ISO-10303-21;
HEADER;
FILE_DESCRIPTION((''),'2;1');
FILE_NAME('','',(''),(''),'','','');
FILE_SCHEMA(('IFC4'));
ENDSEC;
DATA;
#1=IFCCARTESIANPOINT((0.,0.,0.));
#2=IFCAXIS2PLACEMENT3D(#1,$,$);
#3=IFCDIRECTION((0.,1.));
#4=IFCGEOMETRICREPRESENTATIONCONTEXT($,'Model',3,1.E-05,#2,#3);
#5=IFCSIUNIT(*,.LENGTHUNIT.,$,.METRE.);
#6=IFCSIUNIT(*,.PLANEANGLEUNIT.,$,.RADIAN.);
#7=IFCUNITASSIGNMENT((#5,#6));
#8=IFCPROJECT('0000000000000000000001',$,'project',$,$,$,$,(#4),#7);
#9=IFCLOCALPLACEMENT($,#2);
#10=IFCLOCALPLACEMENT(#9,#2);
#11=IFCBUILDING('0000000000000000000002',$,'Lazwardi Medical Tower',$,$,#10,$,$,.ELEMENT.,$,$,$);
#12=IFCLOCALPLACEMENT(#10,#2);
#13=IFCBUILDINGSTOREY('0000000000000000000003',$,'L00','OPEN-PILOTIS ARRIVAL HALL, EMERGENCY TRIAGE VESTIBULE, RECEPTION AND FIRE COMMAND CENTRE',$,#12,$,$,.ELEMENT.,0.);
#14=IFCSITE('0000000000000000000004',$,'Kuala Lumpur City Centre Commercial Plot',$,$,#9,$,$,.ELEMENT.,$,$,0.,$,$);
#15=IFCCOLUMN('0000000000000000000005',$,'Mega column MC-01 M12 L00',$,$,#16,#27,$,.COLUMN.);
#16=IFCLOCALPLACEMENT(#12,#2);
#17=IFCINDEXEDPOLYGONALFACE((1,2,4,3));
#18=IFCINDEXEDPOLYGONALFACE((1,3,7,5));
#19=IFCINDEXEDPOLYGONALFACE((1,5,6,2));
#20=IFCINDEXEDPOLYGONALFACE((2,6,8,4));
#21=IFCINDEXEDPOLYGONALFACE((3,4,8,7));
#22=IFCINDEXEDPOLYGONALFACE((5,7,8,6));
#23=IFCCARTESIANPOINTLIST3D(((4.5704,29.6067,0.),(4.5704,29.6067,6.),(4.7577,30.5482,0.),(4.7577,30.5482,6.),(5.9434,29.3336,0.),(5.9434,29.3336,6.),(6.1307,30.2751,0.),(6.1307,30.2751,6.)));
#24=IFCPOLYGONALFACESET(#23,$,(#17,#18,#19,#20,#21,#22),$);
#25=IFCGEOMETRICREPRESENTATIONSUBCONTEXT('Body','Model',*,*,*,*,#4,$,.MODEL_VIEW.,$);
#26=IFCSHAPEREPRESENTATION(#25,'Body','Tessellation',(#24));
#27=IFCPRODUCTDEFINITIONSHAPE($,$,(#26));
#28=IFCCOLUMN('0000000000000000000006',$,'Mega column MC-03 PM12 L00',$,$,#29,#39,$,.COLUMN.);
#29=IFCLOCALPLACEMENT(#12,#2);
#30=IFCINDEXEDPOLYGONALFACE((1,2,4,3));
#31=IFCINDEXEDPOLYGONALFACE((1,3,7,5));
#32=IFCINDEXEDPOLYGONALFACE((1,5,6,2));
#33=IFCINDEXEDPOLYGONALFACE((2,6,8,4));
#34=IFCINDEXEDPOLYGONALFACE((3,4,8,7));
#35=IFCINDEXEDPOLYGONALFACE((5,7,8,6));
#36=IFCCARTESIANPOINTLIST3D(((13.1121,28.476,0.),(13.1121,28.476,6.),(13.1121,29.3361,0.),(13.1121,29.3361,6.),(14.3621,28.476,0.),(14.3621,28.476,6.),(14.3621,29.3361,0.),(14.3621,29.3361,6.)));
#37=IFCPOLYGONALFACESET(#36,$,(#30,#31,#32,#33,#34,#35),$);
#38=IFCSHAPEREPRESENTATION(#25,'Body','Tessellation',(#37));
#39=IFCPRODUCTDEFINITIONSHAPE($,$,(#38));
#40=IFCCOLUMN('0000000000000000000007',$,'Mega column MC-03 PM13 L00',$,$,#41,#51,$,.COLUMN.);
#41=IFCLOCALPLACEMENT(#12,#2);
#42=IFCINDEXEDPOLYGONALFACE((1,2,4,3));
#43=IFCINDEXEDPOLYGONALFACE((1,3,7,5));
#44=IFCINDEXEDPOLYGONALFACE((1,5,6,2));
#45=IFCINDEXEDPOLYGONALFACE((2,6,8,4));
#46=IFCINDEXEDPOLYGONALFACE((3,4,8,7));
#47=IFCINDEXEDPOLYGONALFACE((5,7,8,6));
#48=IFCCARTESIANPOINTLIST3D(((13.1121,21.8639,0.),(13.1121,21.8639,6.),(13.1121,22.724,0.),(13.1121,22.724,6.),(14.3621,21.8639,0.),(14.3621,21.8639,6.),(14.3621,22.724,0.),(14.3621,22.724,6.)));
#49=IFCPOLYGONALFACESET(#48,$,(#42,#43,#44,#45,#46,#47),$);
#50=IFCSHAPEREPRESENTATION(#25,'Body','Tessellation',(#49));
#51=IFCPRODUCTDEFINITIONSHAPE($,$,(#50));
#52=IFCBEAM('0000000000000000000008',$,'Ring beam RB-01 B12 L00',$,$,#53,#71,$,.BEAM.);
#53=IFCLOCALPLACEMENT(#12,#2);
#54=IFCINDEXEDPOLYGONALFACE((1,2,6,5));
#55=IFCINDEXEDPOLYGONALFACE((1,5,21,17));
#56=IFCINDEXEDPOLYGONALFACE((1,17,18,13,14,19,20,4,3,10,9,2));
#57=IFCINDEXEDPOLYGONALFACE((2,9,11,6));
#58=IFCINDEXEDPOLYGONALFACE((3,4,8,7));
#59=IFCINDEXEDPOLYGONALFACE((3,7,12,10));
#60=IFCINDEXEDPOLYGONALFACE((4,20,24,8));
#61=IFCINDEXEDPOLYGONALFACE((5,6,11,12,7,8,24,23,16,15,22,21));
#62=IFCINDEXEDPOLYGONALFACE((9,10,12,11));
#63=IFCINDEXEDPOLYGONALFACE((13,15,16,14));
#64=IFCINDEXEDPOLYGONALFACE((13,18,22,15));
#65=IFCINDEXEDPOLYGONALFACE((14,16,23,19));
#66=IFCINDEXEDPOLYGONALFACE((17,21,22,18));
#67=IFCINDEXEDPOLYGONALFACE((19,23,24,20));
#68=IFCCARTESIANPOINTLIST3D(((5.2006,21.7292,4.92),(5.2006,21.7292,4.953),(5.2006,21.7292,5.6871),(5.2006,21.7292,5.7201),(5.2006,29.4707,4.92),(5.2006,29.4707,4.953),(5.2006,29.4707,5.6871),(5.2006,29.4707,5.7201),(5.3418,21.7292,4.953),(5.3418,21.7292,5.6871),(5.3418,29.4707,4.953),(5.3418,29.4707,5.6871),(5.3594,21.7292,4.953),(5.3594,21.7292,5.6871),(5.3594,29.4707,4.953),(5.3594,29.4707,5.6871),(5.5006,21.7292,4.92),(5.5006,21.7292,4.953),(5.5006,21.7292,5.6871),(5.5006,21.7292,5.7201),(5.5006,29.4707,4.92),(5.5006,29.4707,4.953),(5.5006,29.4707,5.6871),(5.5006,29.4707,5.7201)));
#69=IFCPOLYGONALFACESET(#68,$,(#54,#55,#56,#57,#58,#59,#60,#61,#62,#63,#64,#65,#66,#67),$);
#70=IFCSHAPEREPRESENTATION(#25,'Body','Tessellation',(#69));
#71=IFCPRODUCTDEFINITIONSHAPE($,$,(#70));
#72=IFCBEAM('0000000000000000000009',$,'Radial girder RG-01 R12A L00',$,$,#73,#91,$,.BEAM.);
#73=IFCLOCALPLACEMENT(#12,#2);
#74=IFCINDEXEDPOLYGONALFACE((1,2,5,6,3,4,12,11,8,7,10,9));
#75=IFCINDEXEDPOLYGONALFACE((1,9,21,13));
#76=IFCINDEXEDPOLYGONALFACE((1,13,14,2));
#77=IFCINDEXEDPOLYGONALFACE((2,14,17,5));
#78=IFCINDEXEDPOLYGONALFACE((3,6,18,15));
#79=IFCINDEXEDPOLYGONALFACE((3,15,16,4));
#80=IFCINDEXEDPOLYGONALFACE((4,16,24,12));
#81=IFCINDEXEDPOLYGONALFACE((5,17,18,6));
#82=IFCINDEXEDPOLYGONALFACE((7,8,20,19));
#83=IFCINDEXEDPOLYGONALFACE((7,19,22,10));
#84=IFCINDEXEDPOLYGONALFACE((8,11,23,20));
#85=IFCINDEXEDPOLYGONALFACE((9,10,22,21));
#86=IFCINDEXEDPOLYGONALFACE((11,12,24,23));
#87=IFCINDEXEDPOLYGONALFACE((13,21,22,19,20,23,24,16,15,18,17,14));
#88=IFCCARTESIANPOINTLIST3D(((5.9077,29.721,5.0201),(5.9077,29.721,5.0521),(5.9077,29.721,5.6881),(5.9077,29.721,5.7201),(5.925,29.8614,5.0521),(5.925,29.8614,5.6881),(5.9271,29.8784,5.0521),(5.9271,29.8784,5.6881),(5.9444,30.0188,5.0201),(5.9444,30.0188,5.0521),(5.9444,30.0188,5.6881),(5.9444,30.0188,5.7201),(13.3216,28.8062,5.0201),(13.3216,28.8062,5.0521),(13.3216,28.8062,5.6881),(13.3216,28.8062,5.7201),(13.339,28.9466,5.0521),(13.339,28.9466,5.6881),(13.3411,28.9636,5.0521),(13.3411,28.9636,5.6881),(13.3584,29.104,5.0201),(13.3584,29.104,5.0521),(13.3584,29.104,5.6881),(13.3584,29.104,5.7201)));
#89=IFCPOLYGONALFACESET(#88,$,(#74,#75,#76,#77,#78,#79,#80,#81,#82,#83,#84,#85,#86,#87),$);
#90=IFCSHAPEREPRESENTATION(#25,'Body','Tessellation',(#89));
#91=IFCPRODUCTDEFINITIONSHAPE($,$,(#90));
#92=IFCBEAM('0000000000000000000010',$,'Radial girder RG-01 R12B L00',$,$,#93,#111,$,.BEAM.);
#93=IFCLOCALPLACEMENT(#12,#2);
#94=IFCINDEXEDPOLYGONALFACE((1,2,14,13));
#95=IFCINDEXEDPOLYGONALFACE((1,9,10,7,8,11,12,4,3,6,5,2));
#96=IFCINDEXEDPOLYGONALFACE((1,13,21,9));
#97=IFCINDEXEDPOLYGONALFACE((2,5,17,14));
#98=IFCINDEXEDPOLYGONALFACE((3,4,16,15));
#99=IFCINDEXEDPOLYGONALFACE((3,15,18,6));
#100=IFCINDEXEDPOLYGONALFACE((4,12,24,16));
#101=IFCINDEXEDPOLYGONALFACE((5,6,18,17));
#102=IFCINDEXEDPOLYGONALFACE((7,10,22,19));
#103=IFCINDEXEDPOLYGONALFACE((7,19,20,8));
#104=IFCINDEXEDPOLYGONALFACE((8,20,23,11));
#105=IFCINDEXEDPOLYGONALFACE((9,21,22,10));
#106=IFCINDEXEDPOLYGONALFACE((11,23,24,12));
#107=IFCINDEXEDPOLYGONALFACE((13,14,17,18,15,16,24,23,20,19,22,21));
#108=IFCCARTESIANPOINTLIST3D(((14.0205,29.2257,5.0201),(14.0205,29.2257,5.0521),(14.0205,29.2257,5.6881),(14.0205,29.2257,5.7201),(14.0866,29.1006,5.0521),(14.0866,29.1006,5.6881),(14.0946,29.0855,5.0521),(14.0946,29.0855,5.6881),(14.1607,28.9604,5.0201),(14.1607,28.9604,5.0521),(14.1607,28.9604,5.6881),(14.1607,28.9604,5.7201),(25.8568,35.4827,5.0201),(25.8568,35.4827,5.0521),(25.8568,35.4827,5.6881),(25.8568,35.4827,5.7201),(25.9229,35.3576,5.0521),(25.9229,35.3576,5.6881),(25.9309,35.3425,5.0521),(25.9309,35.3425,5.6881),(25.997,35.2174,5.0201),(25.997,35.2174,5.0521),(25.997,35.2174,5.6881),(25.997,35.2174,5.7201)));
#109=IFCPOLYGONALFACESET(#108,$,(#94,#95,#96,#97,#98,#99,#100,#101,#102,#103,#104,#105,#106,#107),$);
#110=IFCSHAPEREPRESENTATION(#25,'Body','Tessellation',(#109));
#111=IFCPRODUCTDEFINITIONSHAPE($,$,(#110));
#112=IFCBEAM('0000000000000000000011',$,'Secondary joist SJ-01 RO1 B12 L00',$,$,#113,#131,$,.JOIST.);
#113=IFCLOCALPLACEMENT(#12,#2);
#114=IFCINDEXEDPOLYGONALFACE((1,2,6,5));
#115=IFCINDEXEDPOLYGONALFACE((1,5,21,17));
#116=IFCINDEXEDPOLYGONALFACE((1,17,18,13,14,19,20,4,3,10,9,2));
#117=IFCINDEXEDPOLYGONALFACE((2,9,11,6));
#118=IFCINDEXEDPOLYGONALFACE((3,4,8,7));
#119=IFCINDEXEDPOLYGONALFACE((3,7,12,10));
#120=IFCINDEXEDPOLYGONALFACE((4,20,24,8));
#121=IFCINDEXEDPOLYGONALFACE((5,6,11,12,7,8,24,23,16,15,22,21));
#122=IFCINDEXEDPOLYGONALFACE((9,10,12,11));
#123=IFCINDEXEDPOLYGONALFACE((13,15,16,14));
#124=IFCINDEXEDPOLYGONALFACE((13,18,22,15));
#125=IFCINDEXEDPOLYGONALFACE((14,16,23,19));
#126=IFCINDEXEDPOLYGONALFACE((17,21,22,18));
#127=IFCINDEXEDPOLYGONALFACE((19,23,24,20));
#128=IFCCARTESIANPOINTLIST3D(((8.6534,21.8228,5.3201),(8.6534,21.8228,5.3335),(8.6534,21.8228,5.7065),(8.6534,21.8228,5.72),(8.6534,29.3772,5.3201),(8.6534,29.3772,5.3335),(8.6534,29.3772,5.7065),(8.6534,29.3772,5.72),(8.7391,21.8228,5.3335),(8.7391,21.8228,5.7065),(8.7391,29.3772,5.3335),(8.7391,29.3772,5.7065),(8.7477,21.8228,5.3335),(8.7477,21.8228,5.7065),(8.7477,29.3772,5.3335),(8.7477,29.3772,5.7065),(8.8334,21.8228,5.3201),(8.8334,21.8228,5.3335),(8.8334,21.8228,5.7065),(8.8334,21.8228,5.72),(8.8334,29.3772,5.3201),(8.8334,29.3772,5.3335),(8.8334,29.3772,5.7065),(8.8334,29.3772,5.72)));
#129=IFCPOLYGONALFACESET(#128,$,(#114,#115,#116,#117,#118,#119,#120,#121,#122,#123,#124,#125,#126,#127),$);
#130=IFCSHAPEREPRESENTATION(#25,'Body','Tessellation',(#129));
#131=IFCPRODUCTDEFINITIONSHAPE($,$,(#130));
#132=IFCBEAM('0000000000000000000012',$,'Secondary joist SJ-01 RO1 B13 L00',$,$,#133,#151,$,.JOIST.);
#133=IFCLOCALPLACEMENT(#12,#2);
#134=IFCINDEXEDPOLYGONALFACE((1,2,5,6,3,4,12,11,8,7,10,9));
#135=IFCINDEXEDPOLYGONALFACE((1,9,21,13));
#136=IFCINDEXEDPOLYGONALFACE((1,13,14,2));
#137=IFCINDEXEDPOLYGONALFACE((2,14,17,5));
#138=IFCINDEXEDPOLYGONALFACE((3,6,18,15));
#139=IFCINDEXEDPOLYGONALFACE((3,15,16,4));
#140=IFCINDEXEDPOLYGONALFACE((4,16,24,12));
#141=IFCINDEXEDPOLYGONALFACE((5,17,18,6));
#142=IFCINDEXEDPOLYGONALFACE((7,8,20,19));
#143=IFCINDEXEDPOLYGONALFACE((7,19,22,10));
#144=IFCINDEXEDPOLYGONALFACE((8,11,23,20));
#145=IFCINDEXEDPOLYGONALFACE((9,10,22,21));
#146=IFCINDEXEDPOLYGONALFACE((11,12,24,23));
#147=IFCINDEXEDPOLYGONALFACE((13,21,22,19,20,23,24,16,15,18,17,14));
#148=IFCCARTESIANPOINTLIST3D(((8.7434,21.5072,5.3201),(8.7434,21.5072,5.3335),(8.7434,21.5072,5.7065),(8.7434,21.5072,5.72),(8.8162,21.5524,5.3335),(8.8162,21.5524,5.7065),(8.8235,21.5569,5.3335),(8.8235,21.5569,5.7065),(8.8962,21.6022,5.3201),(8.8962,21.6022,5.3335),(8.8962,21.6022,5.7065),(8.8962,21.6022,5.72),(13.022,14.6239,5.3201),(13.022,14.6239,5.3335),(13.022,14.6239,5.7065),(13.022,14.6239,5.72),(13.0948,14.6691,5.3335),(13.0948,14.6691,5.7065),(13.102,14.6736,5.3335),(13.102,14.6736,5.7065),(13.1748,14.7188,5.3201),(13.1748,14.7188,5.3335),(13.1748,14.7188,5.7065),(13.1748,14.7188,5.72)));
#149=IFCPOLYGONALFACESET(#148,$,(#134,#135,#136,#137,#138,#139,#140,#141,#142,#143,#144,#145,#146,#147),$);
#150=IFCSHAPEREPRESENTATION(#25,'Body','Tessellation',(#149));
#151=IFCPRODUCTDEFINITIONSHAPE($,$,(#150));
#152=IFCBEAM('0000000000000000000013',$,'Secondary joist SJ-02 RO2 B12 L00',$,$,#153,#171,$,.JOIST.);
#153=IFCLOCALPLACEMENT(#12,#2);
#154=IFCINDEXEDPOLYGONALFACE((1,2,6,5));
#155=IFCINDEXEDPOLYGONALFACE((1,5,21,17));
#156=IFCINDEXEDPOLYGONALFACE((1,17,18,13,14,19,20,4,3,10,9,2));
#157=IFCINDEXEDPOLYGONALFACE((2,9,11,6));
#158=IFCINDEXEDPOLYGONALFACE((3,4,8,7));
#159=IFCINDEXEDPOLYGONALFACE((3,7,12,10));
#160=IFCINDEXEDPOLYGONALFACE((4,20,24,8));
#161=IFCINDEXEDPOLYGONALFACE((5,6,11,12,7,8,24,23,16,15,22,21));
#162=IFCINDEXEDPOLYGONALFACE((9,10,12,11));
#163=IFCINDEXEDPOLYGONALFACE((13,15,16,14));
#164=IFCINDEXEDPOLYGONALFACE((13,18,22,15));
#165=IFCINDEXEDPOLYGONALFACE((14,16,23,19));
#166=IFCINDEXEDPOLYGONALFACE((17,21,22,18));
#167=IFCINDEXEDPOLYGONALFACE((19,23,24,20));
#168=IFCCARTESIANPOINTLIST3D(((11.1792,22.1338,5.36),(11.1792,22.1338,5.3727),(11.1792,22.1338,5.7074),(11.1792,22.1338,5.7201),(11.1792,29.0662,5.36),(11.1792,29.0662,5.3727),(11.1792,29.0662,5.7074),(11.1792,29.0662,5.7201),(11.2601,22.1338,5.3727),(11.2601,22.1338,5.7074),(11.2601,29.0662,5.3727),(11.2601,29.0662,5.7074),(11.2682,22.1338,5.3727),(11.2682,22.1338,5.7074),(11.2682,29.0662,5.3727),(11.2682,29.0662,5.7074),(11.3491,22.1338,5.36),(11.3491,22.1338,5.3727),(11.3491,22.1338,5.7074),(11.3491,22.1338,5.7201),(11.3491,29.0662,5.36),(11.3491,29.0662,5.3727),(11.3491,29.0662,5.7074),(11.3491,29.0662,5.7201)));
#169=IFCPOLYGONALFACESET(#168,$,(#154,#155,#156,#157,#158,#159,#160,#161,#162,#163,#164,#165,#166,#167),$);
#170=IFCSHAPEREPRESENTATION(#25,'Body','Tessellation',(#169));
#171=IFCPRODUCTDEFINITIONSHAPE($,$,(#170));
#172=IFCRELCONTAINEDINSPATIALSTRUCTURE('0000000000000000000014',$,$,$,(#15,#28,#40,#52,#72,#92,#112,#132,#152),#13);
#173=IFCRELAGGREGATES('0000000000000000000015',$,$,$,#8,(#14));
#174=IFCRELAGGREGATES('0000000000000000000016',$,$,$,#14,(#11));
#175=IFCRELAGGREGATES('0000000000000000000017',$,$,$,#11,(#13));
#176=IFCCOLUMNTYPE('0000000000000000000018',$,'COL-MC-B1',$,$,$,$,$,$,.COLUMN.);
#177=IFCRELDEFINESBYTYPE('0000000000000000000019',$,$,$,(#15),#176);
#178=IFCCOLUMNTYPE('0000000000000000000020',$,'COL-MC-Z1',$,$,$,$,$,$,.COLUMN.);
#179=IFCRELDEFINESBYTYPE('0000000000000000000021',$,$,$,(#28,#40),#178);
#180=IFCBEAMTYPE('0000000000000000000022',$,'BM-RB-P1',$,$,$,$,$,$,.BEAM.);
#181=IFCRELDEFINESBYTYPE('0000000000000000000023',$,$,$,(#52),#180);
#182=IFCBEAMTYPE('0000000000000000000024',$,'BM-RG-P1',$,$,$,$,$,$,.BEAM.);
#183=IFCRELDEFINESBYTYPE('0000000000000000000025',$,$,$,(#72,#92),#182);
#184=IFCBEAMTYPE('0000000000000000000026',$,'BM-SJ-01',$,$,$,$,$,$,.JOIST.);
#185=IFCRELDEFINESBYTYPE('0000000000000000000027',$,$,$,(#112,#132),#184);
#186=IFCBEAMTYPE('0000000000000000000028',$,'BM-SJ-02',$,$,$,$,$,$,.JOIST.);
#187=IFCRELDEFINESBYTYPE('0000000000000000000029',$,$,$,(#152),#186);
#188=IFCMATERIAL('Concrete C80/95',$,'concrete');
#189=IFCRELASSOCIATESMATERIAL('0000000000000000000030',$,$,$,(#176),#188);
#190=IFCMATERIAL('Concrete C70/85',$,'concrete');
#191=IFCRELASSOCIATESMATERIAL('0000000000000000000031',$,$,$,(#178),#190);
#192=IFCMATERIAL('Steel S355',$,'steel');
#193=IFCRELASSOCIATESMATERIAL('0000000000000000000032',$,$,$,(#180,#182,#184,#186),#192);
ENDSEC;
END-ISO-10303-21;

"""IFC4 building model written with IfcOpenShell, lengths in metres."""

from ifc_helpers import new_model, si_unit, direction, frame, origin, origin_2d, place, context, subcontext, project, spatial, rectangle, i_section, extrude, material, material_profile, profile_set, type_object, element, save


model = new_model("IFC4")

# Units and contexts
model_context = context("Model", 3, precision=1e-05, world=origin(), true_north=direction((0.0, 1.0)))
body_context = subcontext(model_context, "Body", "Model", "MODEL_VIEW")
ifc_project = project(units=[si_unit("LENGTHUNIT", "METRE"), si_unit("PLANEANGLEUNIT", "RADIAN")], contexts=[model_context])

# Site, building, storey
site_placement = place(None, origin())
site = spatial("IfcSite", under=ifc_project, at=site_placement, Name="Kuala Lumpur City Centre Commercial Plot", CompositionType="ELEMENT", RefElevation=0.0)
building_placement = place(site_placement, origin())
building = spatial("IfcBuilding", under=site, at=building_placement, Name="Lazwardi Medical Tower", CompositionType="ELEMENT")
storey_placement = place(building_placement, origin())
storey = spatial("IfcBuildingStorey", under=building, at=storey_placement, Name="L00", Description="OPEN-PILOTIS ARRIVAL HALL, EMERGENCY TRIAGE VESTIBULE, RECEPTION AND FIRE COMMAND CENTRE", CompositionType="ELEMENT", Elevation=0.0)

# Columns
ifc_material_1 = material(Name="Concrete C80/95", Category="concrete")
ifc_material_profile_1 = material_profile(ifc_material_1, rectangle(XDim=1.3999, YDim=0.96, at=origin_2d()), Name="CFT-RECT 1400x960")
ifc_profile_set_1 = profile_set([ifc_material_profile_1], Name="Concrete C80/95")
column_type_1 = type_object("IfcColumnType", Name="COL-MC-B1", PredefinedType="COLUMN", material=ifc_profile_set_1)
column_placement = place(storey_placement, frame((5.3506, 29.9409, 0.0), z_axis=(0.0, 0.0, 1.0), x_axis=(-0.980785, 0.19509, 0.0)))
element("IfcColumn", 1, at=column_placement, inside=storey, type_object=column_type_1, Name="Mega column MC-01 M12 L00", PredefinedType="COLUMN", context=body_context, shape_type="SweptSolid", body=[
    extrude(rectangle(XDim=1.3999, YDim=0.96, at=origin_2d()), origin(), (0.0, 0.0, 1.0), 6.0),
])
ifc_material_2 = material(Name="Concrete C70/85", Category="concrete")
ifc_material_profile_2 = material_profile(ifc_material_2, rectangle(XDim=1.25, YDim=0.8601, at=origin_2d()), Name="CFT-RECT 1250x860")
ifc_profile_set_2 = profile_set([ifc_material_profile_2], Name="Concrete C70/85")
column_type_2 = type_object("IfcColumnType", Name="COL-MC-Z1", PredefinedType="COLUMN", material=ifc_profile_set_2)
for number, where, z_axis, x_axis, name in (
    (2, (13.7371, 28.906, 0.0), (0.0, 0.0, 1.0), (1.0, 0.0, 0.0), "Mega column MC-03 PM12 L00"),
    (3, (13.7371, 22.2939, 0.0), (0.0, 0.0, 1.0), (1.0, 0.0, 0.0), "Mega column MC-03 PM13 L00"),
):
    element("IfcColumn", number, at=place(storey_placement, frame(where, z_axis=z_axis, x_axis=x_axis)), inside=storey, type_object=column_type_2, Name=name, PredefinedType="COLUMN", context=body_context, shape_type="SweptSolid", body=[
        extrude(rectangle(XDim=1.25, YDim=0.8601, at=origin_2d()), origin(), (0.0, 0.0, 1.0), 6.0),
    ])

# Beams
ifc_material_3 = material(Name="Steel S355", Category="steel")
ifc_material_profile_3 = material_profile(ifc_material_3, i_section(OverallWidth=0.3, OverallDepth=0.8, WebThickness=0.0176, FlangeThickness=0.033, at=origin_2d()), Name="HEB 800")
ifc_profile_set_3 = profile_set([ifc_material_profile_3], Name="Steel S355")
beam_type_1 = type_object("IfcBeamType", Name="BM-RB-P1", PredefinedType="BEAM", material=ifc_profile_set_3)
beam_1_placement = place(storey_placement, frame((5.3506, 29.4707, 5.3201), z_axis=(0.0, -1.0, 0.0), x_axis=(1.0, 0.0, 0.0)))
element("IfcBeam", 4, at=beam_1_placement, inside=storey, type_object=beam_type_1, Name="Ring beam RB-01 B12 L00", PredefinedType="BEAM", context=body_context, shape_type="SweptSolid", body=[
    extrude(i_section(OverallWidth=0.3, OverallDepth=0.8, WebThickness=0.0176, FlangeThickness=0.033, at=origin_2d()), origin(), (0.0, 0.0, 1.0), 7.7415),
])
ifc_material_profile_4 = material_profile(ifc_material_3, i_section(OverallWidth=0.3, OverallDepth=0.7, WebThickness=0.0171, FlangeThickness=0.032, at=origin_2d()), Name="HEB 700")
ifc_profile_set_4 = profile_set([ifc_material_profile_4], Name="Steel S355")
beam_type_2 = type_object("IfcBeamType", Name="BM-RG-P1", PredefinedType="BEAM", material=ifc_profile_set_4)
beam_2_placement = place(storey_placement, frame((5.926, 29.8699, 5.3701), z_axis=(0.992474, -0.122458, 0.0), x_axis=(0.122458, 0.992474, 0.0)))
element("IfcBeam", 5, at=beam_2_placement, inside=storey, type_object=beam_type_2, Name="Radial girder RG-01 R12A L00", PredefinedType="BEAM", context=body_context, shape_type="SweptSolid", body=[
    extrude(i_section(OverallWidth=0.3, OverallDepth=0.7, WebThickness=0.0171, FlangeThickness=0.032, at=origin_2d()), origin(), (0.0, 0.0, 1.0), 7.4702),
])
beam_3_placement = place(storey_placement, frame((14.0906, 29.093, 5.3701), z_axis=(0.884074, 0.467347, 0.0), x_axis=(-0.467347, 0.884074, 0.0)))
element("IfcBeam", 6, at=beam_3_placement, inside=storey, type_object=beam_type_2, Name="Radial girder RG-01 R12B L00", PredefinedType="BEAM", context=body_context, shape_type="SweptSolid", body=[
    extrude(i_section(OverallWidth=0.3, OverallDepth=0.7, WebThickness=0.0171, FlangeThickness=0.032, at=origin_2d()), origin(), (0.0, 0.0, 1.0), 13.3884),
])
ifc_material_profile_5 = material_profile(ifc_material_3, i_section(OverallWidth=0.1799, OverallDepth=0.3999, WebThickness=0.0085, FlangeThickness=0.0134, at=origin_2d()), Name="IPE 400")
ifc_profile_set_5 = profile_set([ifc_material_profile_5], Name="Steel S355")
beam_type_3 = type_object("IfcBeamType", Name="BM-SJ-01", PredefinedType="JOIST", material=ifc_profile_set_5)
beam_4_placement = place(storey_placement, frame((8.7434, 29.3772, 5.52), z_axis=(0.0, -1.0, 0.0), x_axis=(1.0, 0.0, 0.0)))
element("IfcBeam", 7, at=beam_4_placement, inside=storey, type_object=beam_type_3, Name="Secondary joist SJ-01 RO1 B12 L00", PredefinedType="JOIST", context=body_context, shape_type="SweptSolid", body=[
    extrude(i_section(OverallWidth=0.1799, OverallDepth=0.3999, WebThickness=0.0085, FlangeThickness=0.0134, at=origin_2d()), origin(), (0.0, 0.0, 1.0), 7.5544),
])
beam_5_placement = place(storey_placement, frame((8.8198, 21.5547, 5.52), z_axis=(0.527912, -0.849299, 0.0), x_axis=(0.849299, 0.527912, 0.0)))
element("IfcBeam", 8, at=beam_5_placement, inside=storey, type_object=beam_type_3, Name="Secondary joist SJ-01 RO1 B13 L00", PredefinedType="JOIST", context=body_context, shape_type="SweptSolid", body=[
    extrude(i_section(OverallWidth=0.1799, OverallDepth=0.3999, WebThickness=0.0085, FlangeThickness=0.0134, at=origin_2d()), origin(), (0.0, 0.0, 1.0), 8.1047),
])
ifc_material_profile_6 = material_profile(ifc_material_3, i_section(OverallWidth=0.1699, OverallDepth=0.3601, WebThickness=0.0081, FlangeThickness=0.0127, at=origin_2d()), Name="IPE 360")
ifc_profile_set_6 = profile_set([ifc_material_profile_6], Name="Steel S355")
beam_type_4 = type_object("IfcBeamType", Name="BM-SJ-02", PredefinedType="JOIST", material=ifc_profile_set_6)
beam_6_placement = place(storey_placement, frame((11.2642, 29.0662, 5.54), z_axis=(0.0, -1.0, 0.0), x_axis=(1.0, 0.0, 0.0)))
element("IfcBeam", 9, at=beam_6_placement, inside=storey, type_object=beam_type_4, Name="Secondary joist SJ-02 RO2 B12 L00", PredefinedType="JOIST", context=body_context, shape_type="SweptSolid", body=[
    extrude(i_section(OverallWidth=0.1699, OverallDepth=0.3601, WebThickness=0.0081, FlangeThickness=0.0127, at=origin_2d()), origin(), (0.0, 0.0, 1.0), 6.9324),
])

save(model, "model.ifc")
